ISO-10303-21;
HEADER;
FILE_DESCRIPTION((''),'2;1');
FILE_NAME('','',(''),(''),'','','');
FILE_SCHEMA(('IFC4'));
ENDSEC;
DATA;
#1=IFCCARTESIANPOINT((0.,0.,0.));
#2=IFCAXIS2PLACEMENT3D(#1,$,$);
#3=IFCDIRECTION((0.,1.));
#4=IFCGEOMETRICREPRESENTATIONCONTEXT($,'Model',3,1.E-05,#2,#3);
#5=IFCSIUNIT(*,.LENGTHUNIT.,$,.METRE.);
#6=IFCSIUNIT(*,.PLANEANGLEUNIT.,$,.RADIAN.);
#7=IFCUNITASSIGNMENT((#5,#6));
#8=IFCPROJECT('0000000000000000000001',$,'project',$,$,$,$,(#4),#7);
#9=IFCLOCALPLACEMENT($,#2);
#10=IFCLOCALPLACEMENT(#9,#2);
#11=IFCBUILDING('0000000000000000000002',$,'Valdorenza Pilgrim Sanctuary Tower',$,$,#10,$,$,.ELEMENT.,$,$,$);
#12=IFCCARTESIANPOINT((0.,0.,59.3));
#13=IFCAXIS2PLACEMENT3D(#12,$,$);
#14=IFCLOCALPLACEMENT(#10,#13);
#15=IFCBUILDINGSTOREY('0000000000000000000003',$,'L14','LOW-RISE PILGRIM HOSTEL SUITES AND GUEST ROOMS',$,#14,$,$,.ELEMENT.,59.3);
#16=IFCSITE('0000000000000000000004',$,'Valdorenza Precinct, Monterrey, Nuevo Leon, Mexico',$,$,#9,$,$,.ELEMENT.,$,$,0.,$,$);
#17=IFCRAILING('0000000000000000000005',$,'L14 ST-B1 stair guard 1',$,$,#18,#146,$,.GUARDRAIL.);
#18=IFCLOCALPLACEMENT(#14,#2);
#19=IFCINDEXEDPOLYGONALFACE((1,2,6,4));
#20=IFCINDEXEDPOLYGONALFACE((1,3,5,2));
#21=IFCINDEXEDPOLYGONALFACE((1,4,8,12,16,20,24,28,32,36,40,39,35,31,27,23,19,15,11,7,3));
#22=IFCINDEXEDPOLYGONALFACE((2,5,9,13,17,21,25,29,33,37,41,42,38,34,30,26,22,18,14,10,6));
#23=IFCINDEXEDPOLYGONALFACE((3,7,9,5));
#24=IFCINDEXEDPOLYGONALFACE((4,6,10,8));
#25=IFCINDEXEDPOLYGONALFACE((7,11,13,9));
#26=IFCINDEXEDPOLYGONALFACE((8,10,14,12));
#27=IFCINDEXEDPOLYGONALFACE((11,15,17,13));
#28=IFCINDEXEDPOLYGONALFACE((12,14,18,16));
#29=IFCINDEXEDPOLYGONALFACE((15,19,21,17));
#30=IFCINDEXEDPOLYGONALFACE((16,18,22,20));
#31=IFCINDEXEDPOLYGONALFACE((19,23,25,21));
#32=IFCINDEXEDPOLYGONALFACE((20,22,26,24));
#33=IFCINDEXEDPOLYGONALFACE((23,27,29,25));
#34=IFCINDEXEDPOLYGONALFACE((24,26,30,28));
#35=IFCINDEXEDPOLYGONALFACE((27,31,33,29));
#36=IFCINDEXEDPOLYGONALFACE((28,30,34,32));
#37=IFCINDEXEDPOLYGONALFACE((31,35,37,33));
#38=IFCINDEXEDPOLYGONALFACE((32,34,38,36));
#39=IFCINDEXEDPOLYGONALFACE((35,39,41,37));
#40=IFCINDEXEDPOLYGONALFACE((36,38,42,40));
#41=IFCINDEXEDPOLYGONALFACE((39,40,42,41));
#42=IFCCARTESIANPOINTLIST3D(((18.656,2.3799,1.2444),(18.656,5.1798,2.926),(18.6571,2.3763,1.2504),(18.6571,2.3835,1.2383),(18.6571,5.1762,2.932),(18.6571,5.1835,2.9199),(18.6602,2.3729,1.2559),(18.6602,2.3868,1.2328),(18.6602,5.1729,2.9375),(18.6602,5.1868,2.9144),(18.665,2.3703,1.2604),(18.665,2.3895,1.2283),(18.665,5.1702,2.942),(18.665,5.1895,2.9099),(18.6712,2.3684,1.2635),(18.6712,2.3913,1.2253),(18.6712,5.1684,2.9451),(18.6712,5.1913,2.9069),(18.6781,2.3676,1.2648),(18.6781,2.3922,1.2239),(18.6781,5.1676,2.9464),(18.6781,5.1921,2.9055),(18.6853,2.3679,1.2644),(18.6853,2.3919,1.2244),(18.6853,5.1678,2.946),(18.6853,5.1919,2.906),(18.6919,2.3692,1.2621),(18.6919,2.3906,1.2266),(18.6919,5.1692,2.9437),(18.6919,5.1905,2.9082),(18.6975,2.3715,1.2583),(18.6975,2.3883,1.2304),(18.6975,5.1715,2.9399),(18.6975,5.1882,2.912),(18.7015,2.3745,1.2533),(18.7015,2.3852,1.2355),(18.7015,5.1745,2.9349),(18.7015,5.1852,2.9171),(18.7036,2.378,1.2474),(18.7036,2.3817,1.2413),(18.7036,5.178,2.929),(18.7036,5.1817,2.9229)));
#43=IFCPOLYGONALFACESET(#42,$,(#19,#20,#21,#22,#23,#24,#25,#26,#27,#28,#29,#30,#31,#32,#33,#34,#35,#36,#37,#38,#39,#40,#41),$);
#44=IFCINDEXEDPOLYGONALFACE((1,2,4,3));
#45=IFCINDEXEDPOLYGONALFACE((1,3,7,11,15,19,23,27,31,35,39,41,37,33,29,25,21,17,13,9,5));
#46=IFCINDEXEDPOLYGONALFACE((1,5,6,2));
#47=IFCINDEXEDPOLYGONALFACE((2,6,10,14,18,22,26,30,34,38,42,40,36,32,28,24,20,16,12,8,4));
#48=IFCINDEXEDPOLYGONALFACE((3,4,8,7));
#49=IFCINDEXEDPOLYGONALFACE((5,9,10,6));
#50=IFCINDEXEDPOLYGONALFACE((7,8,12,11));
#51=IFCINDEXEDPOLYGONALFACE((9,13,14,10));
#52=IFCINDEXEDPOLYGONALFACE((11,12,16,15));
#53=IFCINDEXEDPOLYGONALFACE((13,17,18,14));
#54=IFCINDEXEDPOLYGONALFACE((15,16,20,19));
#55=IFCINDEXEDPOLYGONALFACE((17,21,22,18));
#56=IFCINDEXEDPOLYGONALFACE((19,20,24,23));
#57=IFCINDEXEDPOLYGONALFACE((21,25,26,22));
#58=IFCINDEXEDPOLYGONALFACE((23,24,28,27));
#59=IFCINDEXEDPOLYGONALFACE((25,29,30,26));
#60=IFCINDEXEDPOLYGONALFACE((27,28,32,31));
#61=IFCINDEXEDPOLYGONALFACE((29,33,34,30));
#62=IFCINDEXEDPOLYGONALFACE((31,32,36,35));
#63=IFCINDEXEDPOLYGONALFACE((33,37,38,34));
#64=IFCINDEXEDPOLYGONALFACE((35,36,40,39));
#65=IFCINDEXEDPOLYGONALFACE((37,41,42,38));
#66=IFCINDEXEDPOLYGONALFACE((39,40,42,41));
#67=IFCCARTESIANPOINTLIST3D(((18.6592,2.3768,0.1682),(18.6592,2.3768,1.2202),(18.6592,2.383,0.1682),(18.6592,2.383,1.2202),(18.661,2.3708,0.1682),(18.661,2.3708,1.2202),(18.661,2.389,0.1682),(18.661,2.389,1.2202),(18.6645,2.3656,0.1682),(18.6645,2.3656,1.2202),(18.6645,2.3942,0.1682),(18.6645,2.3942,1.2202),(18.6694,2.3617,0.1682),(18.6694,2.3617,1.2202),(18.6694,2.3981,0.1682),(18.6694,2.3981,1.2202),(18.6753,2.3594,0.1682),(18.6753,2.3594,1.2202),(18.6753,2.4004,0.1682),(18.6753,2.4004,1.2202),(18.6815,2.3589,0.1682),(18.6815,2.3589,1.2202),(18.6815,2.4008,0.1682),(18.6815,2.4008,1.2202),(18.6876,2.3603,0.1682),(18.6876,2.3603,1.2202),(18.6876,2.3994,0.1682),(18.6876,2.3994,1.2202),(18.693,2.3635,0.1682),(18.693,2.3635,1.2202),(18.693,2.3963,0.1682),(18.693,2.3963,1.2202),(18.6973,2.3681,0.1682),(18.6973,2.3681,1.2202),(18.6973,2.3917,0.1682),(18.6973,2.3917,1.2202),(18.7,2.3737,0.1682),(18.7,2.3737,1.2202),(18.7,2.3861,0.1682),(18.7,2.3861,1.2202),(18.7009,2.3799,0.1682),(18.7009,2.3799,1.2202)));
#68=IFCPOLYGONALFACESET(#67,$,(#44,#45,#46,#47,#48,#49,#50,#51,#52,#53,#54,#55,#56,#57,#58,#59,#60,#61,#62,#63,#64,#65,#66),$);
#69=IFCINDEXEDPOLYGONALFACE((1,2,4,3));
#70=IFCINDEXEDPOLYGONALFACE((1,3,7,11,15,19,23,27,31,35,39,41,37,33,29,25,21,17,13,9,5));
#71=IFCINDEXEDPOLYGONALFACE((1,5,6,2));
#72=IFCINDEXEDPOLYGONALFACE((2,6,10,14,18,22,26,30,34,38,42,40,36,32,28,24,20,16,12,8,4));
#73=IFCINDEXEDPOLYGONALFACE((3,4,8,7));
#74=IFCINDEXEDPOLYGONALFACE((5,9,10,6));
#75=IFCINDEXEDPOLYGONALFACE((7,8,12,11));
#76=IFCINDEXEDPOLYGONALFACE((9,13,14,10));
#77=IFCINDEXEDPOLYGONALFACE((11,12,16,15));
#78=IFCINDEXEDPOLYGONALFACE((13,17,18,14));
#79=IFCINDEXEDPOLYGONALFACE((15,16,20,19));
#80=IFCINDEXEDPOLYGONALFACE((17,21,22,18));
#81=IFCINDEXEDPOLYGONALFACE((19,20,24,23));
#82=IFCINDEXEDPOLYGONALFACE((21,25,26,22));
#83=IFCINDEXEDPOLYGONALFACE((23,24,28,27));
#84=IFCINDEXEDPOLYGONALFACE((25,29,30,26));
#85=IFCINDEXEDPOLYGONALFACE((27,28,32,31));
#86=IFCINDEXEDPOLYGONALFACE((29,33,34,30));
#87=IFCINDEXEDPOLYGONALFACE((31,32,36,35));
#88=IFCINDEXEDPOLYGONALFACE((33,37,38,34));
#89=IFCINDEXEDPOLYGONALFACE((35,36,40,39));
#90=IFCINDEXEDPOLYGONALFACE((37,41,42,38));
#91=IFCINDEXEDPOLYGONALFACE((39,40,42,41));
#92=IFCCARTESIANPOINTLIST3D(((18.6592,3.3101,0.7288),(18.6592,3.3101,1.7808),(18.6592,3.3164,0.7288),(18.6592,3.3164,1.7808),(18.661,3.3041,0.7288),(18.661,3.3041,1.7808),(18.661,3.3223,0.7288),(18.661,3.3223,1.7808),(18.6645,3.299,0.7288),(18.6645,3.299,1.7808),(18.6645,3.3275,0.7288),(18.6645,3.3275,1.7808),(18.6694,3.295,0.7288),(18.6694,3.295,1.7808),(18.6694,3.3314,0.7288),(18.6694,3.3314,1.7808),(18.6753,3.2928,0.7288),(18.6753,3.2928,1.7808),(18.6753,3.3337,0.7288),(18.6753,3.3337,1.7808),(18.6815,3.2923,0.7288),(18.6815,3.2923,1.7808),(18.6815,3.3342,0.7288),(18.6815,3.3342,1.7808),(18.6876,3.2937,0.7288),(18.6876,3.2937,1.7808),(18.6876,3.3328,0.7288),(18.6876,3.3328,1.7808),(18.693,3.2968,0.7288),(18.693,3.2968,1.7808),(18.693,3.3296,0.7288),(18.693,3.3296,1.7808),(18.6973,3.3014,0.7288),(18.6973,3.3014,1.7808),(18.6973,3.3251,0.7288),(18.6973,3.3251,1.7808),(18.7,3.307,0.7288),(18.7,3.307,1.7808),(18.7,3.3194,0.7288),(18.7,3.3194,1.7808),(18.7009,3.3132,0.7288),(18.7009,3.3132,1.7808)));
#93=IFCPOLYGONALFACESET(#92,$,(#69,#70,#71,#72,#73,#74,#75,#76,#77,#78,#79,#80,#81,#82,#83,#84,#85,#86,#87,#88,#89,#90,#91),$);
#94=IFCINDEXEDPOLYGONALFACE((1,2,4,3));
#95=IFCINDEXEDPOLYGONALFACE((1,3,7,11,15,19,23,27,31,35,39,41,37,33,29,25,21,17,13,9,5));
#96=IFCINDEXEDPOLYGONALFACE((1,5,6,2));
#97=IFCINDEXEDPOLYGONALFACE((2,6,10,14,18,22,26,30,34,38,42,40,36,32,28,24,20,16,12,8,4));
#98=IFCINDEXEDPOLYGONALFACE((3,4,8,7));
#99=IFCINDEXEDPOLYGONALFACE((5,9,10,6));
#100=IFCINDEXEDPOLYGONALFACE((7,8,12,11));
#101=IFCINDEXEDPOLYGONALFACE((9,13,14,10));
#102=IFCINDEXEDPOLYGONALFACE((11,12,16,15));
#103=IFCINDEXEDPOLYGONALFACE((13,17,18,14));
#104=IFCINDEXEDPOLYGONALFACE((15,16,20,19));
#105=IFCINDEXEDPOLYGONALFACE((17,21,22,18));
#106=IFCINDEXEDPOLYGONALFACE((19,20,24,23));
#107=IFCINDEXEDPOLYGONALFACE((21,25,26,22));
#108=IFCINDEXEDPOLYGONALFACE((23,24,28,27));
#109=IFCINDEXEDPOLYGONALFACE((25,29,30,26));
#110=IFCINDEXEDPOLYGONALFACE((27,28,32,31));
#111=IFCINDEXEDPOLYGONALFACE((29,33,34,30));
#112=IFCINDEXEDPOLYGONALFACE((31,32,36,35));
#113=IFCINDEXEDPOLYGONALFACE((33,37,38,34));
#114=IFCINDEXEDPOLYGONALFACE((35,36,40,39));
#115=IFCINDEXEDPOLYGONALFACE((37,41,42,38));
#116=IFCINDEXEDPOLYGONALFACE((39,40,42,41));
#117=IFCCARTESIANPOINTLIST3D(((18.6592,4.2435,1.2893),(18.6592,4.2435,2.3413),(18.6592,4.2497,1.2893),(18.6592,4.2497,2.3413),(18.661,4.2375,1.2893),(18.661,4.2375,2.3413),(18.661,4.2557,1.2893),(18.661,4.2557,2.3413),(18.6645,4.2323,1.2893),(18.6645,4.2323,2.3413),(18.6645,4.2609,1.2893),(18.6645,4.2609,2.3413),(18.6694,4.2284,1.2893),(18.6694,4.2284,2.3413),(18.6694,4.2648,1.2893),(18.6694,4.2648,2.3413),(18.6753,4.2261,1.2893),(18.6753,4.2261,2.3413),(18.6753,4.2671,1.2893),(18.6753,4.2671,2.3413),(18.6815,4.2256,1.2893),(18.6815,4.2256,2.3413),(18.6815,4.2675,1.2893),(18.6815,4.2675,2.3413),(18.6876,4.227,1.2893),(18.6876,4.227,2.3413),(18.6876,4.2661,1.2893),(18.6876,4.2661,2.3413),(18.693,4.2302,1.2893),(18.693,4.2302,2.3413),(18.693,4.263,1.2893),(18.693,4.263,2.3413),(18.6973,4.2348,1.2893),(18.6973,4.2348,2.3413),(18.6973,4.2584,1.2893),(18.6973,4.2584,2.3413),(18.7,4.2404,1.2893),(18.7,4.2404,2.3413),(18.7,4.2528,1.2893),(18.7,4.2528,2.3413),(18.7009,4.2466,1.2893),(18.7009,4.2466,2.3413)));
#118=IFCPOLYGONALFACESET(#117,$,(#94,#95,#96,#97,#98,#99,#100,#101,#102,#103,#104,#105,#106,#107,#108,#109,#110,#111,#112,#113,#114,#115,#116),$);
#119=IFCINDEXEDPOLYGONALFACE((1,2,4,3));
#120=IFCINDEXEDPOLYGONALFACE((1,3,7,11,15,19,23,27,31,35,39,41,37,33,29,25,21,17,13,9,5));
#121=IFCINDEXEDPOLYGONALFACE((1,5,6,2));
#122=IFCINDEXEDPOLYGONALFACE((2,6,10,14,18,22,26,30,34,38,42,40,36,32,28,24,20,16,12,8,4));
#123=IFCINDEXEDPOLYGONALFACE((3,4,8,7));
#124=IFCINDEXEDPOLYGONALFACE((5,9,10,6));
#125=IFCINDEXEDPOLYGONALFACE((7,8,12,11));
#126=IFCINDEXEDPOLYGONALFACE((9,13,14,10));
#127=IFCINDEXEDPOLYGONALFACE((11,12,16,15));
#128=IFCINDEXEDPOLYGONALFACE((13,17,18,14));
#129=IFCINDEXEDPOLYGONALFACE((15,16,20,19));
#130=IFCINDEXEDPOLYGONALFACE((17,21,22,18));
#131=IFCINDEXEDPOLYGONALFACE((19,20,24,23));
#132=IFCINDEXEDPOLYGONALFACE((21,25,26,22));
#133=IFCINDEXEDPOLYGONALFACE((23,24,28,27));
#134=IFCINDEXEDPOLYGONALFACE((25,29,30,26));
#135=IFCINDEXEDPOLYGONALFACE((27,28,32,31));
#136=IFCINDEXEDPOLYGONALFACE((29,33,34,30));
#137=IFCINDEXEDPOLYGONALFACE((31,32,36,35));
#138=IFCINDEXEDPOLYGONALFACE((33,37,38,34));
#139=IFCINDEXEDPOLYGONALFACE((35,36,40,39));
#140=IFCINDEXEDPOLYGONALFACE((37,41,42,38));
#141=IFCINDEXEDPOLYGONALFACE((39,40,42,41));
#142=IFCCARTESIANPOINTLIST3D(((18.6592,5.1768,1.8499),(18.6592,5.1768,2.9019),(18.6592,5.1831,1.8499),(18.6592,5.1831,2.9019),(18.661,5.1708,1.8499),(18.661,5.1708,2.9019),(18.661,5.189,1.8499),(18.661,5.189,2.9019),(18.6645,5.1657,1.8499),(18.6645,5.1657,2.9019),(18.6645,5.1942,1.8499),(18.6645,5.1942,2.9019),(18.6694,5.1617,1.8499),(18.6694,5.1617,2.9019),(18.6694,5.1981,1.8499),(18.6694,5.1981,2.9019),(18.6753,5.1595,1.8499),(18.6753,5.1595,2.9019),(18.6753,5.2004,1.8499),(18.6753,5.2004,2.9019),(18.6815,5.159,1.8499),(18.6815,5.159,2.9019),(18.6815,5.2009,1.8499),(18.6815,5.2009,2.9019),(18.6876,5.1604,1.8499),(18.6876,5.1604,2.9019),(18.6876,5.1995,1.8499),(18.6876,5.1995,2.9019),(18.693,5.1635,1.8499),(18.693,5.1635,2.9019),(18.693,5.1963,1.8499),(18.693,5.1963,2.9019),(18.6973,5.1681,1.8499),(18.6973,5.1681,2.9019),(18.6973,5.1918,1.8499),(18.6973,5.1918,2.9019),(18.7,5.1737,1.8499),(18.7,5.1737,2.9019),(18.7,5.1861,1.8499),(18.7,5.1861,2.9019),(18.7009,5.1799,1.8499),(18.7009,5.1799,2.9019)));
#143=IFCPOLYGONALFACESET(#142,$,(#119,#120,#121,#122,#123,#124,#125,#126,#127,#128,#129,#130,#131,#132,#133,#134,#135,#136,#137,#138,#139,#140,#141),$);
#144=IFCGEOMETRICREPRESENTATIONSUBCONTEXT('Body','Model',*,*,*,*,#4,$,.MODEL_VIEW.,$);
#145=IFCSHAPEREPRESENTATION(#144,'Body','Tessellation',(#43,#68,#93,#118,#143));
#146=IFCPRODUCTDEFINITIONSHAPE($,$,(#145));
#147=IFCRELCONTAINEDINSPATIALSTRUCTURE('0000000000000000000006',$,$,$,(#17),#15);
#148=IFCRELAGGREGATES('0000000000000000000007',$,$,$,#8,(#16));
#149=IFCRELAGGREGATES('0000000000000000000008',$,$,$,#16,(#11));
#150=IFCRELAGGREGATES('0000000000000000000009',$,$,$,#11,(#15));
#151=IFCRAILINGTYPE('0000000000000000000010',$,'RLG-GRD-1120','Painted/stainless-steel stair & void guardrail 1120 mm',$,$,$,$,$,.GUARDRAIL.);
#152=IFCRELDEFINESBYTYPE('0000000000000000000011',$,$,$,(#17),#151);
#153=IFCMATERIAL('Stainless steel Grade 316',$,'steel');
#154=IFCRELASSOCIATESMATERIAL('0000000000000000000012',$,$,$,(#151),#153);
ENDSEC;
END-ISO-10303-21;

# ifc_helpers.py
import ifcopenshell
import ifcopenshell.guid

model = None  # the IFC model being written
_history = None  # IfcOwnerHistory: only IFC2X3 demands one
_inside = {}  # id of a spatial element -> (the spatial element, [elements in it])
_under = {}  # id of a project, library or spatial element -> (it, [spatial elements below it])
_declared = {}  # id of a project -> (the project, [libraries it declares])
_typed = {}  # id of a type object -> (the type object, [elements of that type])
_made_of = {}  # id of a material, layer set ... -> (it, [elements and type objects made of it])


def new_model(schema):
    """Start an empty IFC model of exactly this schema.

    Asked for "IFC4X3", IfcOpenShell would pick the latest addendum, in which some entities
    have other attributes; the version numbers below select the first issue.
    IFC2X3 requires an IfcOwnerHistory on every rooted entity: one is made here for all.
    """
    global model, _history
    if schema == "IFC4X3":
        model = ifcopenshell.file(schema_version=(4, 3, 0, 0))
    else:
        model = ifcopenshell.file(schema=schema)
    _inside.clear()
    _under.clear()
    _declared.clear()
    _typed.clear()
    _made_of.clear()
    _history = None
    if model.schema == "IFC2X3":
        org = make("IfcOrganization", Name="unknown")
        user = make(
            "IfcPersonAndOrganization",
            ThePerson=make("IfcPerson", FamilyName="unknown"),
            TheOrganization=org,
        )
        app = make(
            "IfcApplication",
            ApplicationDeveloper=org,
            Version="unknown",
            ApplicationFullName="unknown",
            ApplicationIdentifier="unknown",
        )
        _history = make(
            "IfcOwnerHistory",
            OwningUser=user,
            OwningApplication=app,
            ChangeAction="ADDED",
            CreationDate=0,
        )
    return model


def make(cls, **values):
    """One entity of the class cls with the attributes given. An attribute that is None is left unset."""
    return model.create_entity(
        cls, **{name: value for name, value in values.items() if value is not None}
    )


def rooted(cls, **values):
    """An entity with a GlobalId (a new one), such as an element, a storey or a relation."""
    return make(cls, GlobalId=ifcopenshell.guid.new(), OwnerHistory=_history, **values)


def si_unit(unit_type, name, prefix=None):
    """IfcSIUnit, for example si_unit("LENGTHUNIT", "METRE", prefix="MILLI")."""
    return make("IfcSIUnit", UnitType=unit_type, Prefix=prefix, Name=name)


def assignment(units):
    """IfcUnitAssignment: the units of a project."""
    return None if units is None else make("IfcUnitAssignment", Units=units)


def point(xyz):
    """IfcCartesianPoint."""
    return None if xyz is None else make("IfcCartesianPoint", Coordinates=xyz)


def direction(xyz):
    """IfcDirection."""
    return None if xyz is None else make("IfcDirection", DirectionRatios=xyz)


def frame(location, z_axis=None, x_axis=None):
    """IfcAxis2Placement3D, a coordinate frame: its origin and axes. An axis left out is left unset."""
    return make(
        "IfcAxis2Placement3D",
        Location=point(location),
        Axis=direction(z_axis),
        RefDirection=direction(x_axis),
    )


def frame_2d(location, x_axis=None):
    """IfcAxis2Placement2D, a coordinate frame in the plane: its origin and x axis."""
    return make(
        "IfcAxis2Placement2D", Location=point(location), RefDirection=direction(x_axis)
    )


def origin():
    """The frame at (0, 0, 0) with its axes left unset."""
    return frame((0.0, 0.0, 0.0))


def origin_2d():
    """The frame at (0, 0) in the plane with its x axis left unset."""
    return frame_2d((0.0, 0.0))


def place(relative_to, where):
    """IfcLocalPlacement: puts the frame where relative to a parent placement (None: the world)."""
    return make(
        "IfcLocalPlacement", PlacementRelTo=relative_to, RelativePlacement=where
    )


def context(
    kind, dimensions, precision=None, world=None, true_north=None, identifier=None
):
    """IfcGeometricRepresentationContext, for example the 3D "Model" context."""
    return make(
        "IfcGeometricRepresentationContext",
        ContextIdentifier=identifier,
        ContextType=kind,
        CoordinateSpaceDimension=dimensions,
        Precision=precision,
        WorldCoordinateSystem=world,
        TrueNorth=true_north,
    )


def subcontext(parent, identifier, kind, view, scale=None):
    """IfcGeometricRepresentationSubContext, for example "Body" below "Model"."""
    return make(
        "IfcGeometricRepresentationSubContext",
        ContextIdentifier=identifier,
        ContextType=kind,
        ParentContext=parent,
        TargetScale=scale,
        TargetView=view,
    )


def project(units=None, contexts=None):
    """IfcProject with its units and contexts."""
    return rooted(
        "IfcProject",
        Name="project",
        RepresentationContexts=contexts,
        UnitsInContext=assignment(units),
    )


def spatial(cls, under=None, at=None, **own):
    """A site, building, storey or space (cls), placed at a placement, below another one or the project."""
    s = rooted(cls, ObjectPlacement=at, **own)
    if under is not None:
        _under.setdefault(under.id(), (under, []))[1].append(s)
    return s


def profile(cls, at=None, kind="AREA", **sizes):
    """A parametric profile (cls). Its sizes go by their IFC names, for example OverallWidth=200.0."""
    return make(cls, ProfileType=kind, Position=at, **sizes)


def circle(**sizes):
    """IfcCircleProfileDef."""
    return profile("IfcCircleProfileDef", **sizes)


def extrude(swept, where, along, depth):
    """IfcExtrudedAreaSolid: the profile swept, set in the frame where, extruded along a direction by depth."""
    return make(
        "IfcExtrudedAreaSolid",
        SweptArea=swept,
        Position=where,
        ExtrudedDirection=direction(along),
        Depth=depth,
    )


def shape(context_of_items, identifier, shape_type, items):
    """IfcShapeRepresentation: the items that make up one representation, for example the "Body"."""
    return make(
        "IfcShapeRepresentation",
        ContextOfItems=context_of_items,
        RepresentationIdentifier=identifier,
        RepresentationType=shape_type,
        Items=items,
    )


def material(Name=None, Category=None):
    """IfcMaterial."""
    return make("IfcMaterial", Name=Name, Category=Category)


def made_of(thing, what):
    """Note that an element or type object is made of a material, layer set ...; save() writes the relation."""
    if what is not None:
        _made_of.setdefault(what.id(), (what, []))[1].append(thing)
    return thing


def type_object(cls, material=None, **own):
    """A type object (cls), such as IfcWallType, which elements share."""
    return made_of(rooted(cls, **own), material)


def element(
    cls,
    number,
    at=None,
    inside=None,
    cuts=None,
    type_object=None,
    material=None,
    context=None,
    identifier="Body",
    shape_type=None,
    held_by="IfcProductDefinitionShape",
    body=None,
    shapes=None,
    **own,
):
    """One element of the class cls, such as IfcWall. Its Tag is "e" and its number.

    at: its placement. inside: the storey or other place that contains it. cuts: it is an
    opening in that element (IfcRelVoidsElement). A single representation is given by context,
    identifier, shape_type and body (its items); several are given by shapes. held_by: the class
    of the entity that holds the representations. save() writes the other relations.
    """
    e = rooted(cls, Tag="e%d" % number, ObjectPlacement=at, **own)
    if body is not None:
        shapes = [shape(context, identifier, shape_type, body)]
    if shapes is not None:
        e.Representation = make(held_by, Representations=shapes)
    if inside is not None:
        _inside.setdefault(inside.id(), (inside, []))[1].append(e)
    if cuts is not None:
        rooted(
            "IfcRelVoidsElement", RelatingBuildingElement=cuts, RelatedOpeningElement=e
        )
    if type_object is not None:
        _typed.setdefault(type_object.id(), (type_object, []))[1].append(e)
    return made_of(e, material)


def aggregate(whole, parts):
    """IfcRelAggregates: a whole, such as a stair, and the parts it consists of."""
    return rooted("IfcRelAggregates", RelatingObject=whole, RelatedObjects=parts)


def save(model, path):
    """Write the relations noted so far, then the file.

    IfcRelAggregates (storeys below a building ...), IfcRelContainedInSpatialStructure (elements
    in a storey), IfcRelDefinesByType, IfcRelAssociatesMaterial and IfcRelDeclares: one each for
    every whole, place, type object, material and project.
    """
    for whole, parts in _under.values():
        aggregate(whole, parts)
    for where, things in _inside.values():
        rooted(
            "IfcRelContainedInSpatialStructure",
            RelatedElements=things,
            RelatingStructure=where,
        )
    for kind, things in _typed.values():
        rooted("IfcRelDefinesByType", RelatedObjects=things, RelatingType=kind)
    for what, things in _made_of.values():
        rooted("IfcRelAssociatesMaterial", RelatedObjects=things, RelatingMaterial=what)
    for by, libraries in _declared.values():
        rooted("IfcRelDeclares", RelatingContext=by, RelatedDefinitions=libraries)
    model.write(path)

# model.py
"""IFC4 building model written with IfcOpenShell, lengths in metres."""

from ifc_helpers import new_model, si_unit, direction, frame, origin, origin_2d, place, context, subcontext, project, spatial, circle, extrude, material, type_object, element, save


model = new_model("IFC4")

# Units and contexts
model_context = context("Model", 3, precision=1e-05, world=origin(), true_north=direction((0.0, 1.0)))
body_context = subcontext(model_context, "Body", "Model", "MODEL_VIEW")
ifc_project = project(units=[si_unit("LENGTHUNIT", "METRE"), si_unit("PLANEANGLEUNIT", "RADIAN")], contexts=[model_context])

# Site, building, storey
site_placement = place(None, origin())
site = spatial("IfcSite", under=ifc_project, at=site_placement, Name="Valdorenza Precinct, Monterrey, Nuevo Leon, Mexico", CompositionType="ELEMENT", RefElevation=0.0)
building_placement = place(site_placement, origin())
building = spatial("IfcBuilding", under=site, at=building_placement, Name="Valdorenza Pilgrim Sanctuary Tower", CompositionType="ELEMENT")
storey_placement = place(building_placement, frame((0.0, 0.0, 59.3)))
storey = spatial("IfcBuildingStorey", under=building, at=storey_placement, Name="L14", Description="LOW-RISE PILGRIM HOSTEL SUITES AND GUEST ROOMS", CompositionType="ELEMENT", Elevation=59.3)

# Railing
ifc_material_1 = material(Name="Stainless steel Grade 316", Category="steel")
railing_type_1 = type_object("IfcRailingType", Name="RLG-GRD-1120", Description="Painted/stainless-steel stair & void guardrail 1120 mm", PredefinedType="GUARDRAIL", material=ifc_material_1)
railing_1_placement = place(storey_placement, frame((18.6799, 2.3799, 0.1682)))
element("IfcRailing", 1, at=railing_1_placement, inside=storey, type_object=railing_type_1, Name="L14 ST-B1 stair guard 1", PredefinedType="GUARDRAIL", context=body_context, shape_type="SweptSolid", body=[
    extrude(circle(Radius=0.0239, at=origin_2d()), frame((0.0, 0.0, 1.0762), z_axis=(0.0, 0.857275, 0.514858), x_axis=(-1.0, 0.0, 0.0)), (0.0, 0.0, 1.0), 3.2661),
    extrude(circle(Radius=0.021, at=origin_2d()), origin(), (0.0, 0.0, 1.0), 1.052),
    extrude(circle(Radius=0.021, at=origin_2d()), frame((0.0, 0.9333, 0.5605)), (0.0, 0.0, 1.0), 1.052),
    extrude(circle(Radius=0.021, at=origin_2d()), frame((0.0, 1.8667, 1.1211)), (0.0, 0.0, 1.0), 1.052),
    extrude(circle(Radius=0.021, at=origin_2d()), frame((0.0, 2.8, 1.6816)), (0.0, 0.0, 1.0), 1.052),
])

save(model, "model.ifc")
